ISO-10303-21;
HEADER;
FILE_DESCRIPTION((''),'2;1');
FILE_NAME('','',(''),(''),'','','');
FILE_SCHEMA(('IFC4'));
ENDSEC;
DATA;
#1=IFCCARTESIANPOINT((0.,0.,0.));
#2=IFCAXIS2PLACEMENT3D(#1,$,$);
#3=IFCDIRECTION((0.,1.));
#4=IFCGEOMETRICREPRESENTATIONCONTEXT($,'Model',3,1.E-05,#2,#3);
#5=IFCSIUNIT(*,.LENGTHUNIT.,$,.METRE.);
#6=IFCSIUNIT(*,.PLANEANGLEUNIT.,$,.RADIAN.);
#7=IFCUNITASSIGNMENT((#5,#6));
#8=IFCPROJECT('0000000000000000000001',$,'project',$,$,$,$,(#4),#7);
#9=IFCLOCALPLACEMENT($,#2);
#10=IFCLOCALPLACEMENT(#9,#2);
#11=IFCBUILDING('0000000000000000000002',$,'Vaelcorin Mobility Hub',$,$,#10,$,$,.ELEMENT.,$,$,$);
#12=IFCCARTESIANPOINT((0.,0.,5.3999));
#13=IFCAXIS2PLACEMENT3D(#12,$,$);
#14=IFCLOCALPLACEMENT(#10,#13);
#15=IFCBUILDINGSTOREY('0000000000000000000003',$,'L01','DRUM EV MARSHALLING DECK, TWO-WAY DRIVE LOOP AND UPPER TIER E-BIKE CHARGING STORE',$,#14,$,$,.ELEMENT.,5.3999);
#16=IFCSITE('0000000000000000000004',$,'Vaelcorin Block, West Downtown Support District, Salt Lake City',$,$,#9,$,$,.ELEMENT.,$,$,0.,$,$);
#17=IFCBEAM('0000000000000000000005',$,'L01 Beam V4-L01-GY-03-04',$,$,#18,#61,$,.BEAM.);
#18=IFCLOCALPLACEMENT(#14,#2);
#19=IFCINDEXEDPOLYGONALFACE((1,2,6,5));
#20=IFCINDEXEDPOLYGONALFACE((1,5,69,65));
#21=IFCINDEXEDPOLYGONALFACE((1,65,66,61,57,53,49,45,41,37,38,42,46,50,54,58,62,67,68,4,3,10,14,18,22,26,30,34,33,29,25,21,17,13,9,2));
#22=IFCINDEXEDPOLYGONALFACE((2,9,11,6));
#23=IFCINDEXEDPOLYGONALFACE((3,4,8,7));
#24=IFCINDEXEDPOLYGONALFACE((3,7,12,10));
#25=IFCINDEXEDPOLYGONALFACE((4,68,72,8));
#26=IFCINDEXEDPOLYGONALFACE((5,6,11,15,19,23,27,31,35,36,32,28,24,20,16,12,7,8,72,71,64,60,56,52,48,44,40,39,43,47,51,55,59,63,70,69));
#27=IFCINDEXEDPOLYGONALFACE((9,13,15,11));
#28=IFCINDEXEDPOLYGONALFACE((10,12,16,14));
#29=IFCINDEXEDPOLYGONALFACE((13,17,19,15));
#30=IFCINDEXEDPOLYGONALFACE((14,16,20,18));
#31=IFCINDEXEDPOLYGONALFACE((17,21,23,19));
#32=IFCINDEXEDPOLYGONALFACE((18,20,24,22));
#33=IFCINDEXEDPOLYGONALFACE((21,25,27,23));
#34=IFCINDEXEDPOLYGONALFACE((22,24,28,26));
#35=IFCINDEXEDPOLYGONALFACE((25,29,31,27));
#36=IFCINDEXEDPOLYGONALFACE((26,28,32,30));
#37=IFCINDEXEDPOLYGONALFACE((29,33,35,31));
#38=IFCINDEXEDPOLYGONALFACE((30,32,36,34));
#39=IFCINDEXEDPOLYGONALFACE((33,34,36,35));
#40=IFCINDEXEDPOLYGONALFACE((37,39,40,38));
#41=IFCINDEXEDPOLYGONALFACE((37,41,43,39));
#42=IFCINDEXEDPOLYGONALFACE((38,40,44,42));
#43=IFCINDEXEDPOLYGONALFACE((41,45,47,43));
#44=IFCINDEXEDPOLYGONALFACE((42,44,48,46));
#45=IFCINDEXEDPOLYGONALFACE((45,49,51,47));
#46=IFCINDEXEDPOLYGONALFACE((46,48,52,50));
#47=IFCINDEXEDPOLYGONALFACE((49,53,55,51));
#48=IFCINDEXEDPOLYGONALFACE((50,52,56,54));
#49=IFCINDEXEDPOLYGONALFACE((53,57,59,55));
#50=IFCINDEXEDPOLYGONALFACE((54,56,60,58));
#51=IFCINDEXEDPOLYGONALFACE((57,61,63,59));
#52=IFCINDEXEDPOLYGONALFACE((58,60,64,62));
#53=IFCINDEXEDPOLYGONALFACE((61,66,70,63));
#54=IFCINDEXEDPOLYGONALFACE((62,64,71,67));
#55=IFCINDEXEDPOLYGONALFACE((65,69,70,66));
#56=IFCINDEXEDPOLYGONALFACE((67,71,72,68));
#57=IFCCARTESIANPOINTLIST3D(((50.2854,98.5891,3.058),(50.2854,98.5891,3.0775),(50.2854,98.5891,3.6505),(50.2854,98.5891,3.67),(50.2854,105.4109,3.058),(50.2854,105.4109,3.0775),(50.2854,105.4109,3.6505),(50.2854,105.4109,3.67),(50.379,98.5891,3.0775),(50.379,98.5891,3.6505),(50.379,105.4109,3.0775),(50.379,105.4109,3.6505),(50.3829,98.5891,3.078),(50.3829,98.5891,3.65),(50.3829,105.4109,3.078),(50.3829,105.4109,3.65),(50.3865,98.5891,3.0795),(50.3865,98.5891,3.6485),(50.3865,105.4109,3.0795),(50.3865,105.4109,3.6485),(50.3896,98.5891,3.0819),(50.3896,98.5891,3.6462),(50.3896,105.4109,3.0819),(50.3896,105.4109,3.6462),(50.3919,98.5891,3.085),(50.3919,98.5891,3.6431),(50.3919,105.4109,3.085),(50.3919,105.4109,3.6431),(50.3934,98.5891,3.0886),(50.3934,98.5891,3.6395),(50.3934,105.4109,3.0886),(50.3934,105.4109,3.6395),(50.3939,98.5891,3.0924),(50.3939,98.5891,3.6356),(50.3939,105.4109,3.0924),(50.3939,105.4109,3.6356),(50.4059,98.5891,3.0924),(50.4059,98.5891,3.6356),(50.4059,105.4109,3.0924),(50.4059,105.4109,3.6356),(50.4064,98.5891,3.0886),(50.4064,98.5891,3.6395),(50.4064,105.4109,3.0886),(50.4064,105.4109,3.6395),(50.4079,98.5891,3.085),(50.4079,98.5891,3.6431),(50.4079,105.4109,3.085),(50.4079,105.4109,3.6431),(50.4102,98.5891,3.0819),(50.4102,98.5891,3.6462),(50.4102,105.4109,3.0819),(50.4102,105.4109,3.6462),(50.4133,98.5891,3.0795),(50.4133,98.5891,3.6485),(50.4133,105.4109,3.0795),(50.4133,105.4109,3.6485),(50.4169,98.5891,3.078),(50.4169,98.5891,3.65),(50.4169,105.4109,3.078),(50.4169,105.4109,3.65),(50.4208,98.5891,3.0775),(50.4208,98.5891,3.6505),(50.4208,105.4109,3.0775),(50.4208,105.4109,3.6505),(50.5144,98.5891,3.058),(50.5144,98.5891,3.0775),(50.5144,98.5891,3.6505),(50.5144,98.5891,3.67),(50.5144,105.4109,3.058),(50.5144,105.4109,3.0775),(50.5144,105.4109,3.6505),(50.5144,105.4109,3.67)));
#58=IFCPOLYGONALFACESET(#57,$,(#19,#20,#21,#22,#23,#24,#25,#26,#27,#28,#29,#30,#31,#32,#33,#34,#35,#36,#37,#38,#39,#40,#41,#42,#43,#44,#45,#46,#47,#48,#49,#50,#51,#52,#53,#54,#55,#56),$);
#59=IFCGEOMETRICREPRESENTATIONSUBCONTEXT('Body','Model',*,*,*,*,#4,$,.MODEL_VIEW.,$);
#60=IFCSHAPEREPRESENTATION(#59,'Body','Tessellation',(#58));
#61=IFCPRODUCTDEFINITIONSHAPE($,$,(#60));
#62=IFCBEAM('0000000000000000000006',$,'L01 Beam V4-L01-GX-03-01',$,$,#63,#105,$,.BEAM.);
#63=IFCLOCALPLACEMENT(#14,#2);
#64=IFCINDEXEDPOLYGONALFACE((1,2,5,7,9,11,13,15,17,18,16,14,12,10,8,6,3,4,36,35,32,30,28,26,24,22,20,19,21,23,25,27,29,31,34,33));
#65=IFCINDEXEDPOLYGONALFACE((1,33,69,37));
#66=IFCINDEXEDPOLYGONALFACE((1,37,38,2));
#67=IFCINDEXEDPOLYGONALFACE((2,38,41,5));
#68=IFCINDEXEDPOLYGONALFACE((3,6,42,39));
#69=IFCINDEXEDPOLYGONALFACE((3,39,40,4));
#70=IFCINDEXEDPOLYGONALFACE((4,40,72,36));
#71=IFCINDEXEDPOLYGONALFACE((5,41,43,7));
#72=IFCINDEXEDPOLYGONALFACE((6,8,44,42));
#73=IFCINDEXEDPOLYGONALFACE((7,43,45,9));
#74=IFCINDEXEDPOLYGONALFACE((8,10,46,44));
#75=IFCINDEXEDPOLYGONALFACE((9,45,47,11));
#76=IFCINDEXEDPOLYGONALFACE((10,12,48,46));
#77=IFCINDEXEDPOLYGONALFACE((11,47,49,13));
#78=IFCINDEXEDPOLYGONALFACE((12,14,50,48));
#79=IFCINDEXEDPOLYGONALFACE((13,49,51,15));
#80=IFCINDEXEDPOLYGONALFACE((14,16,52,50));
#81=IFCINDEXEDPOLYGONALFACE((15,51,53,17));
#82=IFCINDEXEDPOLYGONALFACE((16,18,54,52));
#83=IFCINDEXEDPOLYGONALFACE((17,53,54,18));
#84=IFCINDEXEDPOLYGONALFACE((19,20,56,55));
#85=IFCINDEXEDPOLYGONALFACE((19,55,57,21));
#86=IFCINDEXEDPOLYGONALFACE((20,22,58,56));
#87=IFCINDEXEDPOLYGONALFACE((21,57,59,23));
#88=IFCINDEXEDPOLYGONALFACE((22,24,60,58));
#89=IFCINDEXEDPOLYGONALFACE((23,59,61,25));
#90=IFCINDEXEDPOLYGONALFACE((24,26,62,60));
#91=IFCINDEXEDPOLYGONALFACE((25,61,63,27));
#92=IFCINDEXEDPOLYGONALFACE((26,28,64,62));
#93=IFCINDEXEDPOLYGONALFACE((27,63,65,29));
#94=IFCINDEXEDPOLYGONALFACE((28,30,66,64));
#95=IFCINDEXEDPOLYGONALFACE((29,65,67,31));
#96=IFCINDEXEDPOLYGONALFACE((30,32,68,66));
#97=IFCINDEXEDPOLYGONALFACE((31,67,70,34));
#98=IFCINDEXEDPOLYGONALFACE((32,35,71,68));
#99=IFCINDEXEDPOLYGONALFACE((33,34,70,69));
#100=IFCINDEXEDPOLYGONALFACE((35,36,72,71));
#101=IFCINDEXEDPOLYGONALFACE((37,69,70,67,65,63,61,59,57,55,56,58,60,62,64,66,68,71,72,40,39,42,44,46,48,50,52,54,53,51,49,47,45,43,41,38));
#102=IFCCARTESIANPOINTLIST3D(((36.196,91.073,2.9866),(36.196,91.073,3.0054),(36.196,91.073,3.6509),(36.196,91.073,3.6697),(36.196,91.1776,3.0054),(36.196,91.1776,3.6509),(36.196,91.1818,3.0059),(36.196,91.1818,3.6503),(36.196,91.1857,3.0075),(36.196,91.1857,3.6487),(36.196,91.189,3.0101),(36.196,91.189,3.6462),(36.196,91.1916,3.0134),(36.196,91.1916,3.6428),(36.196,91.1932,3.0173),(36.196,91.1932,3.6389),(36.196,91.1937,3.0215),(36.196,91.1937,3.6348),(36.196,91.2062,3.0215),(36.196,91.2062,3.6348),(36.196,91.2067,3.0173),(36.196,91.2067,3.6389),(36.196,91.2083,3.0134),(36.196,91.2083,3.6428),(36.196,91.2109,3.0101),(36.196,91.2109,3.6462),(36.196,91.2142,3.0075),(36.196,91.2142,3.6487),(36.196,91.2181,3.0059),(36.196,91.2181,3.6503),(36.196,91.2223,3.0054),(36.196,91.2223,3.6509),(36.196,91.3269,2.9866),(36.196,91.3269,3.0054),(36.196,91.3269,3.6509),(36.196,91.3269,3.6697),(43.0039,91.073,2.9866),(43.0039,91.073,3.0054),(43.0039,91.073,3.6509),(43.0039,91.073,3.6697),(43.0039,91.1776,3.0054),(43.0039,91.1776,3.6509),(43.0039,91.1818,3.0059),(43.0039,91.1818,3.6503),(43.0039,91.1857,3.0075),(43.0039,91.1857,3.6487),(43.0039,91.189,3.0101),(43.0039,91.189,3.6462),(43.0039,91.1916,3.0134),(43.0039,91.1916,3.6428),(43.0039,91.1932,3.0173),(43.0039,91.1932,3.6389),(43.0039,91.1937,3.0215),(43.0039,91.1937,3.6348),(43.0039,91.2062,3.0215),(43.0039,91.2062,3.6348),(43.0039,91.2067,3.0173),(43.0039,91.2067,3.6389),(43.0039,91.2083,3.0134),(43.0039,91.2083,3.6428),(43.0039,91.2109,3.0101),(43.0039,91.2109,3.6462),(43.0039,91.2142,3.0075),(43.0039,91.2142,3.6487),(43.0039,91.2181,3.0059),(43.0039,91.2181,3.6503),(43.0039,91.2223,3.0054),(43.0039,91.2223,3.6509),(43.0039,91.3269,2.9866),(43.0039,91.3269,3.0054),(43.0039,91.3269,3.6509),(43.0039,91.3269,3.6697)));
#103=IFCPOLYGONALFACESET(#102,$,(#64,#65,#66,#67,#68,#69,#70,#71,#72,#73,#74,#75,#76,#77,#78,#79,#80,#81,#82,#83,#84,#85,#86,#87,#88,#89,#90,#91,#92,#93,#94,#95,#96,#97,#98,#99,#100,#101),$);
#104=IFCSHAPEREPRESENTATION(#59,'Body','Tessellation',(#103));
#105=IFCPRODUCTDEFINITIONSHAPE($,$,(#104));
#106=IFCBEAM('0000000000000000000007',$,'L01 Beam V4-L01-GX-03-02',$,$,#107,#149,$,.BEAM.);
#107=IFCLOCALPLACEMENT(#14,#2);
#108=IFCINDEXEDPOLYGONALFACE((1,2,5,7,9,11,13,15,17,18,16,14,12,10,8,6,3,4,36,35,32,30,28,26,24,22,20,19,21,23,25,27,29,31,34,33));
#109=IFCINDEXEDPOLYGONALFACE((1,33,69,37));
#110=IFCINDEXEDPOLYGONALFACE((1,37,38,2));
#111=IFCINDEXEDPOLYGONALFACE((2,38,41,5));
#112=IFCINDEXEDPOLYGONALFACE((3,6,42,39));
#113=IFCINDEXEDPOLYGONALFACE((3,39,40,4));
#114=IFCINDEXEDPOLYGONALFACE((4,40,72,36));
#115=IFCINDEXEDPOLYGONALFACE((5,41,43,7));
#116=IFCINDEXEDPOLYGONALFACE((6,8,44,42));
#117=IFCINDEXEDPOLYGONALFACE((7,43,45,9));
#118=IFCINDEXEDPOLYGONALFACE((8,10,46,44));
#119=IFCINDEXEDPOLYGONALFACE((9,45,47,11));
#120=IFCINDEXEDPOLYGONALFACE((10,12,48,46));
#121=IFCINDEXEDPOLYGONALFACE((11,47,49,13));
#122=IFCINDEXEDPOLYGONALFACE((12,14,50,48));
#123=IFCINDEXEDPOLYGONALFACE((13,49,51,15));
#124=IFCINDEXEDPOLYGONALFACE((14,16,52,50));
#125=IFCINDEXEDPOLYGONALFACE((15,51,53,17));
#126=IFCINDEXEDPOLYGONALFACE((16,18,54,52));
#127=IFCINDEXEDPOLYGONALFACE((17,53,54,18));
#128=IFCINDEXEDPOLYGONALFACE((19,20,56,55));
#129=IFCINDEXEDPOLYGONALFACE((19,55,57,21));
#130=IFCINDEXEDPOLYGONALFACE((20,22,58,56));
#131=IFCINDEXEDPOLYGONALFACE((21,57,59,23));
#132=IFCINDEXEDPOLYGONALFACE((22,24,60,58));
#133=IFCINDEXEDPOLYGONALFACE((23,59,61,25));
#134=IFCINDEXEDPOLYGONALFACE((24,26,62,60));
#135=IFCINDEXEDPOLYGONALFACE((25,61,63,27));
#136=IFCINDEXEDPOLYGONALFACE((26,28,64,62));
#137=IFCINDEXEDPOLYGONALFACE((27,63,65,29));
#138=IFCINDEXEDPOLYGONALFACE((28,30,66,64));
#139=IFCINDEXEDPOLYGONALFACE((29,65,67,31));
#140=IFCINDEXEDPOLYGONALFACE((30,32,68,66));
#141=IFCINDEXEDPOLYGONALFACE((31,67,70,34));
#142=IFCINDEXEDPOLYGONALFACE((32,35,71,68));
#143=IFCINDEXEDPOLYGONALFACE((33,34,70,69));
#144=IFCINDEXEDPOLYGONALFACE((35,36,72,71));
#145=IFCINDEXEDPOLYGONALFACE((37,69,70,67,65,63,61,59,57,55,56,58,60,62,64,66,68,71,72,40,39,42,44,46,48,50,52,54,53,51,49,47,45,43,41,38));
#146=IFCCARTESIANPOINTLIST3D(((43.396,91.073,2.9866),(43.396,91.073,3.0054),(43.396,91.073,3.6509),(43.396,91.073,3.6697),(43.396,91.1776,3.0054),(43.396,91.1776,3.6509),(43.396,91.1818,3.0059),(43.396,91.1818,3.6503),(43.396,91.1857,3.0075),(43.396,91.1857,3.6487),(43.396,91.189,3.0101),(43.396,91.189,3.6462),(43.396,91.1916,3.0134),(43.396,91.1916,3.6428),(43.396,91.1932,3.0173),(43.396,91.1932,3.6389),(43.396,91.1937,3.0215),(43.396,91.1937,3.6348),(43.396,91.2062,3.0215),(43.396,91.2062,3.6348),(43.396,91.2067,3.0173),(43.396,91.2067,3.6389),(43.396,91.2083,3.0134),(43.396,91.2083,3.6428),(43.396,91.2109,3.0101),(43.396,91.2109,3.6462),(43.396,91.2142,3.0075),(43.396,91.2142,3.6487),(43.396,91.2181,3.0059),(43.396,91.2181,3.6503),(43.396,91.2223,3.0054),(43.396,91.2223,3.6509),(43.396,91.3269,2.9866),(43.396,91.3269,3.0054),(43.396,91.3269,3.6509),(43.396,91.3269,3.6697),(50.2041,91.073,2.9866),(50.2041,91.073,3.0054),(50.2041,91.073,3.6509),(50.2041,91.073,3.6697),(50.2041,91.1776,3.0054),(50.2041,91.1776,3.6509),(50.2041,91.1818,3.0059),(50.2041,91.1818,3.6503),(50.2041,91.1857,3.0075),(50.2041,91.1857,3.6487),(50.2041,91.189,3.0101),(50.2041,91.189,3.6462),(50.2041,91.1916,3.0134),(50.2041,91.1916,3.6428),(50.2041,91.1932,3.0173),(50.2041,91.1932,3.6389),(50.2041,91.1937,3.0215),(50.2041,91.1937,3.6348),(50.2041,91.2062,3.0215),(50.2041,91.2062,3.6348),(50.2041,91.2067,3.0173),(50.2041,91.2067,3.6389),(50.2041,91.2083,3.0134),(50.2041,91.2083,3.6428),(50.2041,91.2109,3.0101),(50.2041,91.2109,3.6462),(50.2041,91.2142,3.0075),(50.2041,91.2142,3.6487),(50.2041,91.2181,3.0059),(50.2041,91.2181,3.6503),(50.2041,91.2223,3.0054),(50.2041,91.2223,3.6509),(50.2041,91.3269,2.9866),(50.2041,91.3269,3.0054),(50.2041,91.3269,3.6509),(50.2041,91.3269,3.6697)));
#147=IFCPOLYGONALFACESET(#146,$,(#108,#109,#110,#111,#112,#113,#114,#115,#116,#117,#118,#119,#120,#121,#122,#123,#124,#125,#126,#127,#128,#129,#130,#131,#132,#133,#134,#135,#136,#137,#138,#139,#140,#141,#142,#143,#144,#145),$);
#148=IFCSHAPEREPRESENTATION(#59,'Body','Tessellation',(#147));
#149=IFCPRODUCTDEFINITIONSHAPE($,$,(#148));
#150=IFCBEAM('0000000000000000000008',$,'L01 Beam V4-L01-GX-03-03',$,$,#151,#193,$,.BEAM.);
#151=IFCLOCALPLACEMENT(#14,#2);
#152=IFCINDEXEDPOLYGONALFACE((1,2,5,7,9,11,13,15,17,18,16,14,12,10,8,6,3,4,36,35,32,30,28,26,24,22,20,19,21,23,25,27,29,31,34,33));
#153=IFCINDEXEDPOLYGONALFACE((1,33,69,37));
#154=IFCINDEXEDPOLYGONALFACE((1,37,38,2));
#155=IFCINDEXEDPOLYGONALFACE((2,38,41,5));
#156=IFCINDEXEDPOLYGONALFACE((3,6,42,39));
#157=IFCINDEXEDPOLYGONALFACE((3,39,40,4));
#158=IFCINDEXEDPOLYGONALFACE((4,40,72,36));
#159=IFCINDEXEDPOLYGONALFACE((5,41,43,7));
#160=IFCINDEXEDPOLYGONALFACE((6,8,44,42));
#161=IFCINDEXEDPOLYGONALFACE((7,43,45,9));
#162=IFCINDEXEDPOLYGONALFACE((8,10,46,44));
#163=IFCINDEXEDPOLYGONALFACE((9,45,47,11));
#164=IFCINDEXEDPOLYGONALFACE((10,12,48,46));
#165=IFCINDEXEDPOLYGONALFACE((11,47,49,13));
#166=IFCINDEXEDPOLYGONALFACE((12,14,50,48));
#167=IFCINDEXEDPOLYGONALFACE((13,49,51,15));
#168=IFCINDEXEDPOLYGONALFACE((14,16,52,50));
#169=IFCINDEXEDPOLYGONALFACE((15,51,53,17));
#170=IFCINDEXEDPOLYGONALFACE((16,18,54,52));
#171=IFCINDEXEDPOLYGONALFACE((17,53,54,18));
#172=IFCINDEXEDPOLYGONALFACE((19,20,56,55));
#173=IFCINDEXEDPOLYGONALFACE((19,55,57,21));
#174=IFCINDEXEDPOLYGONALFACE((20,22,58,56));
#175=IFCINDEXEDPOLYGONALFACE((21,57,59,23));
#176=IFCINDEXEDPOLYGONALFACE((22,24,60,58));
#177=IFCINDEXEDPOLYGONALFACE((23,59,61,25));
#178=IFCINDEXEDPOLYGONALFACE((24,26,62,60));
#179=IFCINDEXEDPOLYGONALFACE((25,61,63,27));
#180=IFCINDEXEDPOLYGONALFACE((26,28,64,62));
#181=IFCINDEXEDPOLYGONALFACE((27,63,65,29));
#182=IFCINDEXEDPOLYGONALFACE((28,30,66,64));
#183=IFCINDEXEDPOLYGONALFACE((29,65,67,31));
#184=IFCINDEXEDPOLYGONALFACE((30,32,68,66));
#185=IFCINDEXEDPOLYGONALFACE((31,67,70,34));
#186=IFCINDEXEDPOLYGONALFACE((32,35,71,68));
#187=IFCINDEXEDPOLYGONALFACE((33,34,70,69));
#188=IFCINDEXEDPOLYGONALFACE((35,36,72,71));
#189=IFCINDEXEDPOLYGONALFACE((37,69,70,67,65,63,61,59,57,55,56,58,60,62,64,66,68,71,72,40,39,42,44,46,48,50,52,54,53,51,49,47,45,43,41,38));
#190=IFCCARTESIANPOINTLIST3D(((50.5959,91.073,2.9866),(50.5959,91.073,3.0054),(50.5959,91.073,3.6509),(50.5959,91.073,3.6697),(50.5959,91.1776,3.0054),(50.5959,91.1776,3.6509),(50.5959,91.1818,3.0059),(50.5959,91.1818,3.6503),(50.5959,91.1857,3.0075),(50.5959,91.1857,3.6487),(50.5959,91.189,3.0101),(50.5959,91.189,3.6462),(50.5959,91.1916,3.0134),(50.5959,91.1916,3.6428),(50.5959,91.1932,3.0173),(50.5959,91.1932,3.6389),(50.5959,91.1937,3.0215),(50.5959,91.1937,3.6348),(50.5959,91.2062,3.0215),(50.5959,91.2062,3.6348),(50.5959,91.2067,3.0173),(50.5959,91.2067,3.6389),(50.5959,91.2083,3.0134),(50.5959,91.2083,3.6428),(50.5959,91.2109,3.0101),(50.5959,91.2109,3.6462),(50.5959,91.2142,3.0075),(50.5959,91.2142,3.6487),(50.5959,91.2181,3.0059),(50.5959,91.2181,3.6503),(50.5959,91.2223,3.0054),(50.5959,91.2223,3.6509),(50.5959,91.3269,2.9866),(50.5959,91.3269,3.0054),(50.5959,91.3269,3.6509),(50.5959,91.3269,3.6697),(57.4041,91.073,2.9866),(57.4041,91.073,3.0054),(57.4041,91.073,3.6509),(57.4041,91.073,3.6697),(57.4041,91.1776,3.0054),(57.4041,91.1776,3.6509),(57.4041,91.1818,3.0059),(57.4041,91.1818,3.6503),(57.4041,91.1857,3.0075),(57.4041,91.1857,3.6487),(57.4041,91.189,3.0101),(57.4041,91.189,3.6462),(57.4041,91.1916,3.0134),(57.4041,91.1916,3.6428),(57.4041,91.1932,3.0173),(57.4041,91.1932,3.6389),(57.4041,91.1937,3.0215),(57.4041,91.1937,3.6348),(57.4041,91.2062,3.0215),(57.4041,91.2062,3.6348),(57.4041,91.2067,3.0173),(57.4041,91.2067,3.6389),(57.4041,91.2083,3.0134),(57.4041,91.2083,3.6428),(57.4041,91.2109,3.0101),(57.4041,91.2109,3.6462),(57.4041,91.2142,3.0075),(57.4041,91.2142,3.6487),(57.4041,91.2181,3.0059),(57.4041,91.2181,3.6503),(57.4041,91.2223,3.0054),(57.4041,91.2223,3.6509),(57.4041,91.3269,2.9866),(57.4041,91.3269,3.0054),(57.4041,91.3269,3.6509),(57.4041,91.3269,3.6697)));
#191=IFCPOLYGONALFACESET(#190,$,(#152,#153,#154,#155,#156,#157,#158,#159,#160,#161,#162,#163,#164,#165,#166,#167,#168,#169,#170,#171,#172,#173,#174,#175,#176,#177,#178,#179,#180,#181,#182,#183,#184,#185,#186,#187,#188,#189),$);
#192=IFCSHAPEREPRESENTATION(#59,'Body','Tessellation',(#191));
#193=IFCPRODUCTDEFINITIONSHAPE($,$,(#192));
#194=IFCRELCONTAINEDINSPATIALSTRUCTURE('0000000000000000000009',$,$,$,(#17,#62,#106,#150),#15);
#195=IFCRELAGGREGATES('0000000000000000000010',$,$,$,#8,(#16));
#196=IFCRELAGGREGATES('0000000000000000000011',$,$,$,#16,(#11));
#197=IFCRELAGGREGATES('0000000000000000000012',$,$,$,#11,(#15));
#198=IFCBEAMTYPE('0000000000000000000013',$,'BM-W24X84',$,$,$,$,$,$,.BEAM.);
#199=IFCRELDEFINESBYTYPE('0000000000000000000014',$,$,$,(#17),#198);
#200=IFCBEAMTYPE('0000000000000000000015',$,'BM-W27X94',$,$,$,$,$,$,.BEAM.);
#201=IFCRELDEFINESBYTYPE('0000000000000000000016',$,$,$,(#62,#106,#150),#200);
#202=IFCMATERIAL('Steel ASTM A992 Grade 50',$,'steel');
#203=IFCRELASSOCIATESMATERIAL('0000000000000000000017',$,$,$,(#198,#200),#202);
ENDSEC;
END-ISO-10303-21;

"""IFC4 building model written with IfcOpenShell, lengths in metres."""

from ifc_helpers import new_model, si_unit, direction, frame, origin, origin_2d, place, context, subcontext, project, spatial, i_section, extrude, material, material_profile, profile_set, type_object, element, save


model = new_model("IFC4")

# Units and contexts
model_context = context("Model", 3, precision=1e-05, world=origin(), true_north=direction((0.0, 1.0)))
body_context = subcontext(model_context, "Body", "Model", "MODEL_VIEW")
ifc_project = project(units=[si_unit("LENGTHUNIT", "METRE"), si_unit("PLANEANGLEUNIT", "RADIAN")], contexts=[model_context])

# Site, building, storey
site_placement = place(None, origin())
site = spatial("IfcSite", under=ifc_project, at=site_placement, Name="Vaelcorin Block, West Downtown Support District, Salt Lake City", CompositionType="ELEMENT", RefElevation=0.0)
building_placement = place(site_placement, origin())
building = spatial("IfcBuilding", under=site, at=building_placement, Name="Vaelcorin Mobility Hub", CompositionType="ELEMENT")
storey_placement = place(building_placement, frame((0.0, 0.0, 5.3999)))
storey = spatial("IfcBuildingStorey", under=building, at=storey_placement, Name="L01", Description="DRUM EV MARSHALLING DECK, TWO-WAY DRIVE LOOP AND UPPER TIER E-BIKE CHARGING STORE", CompositionType="ELEMENT", Elevation=5.3999)

# Shared definitions
ifc_material_1 = material(Name="Steel ASTM A992 Grade 50", Category="steel")

# Beams
ifc_material_profile_1 = material_profile(ifc_material_1, i_section(OverallWidth=0.229, OverallDepth=0.6121, WebThickness=0.012, FlangeThickness=0.0195, FilletRadius=0.0149, at=origin_2d()), Name="W24X84")
ifc_profile_set_1 = profile_set([ifc_material_profile_1], Name="Steel ASTM A992 Grade 50")
beam_type_1 = type_object("IfcBeamType", Name="BM-W24X84", PredefinedType="BEAM", material=ifc_profile_set_1)
beam_1_placement = place(storey_placement, frame((50.3999, 98.5891, 3.364), z_axis=(0.0, 1.0, 0.0), x_axis=(-1.0, 0.0, 0.0)))
element("IfcBeam", 1, at=beam_1_placement, inside=storey, type_object=beam_type_1, Name="L01 Beam V4-L01-GY-03-04", PredefinedType="BEAM", context=body_context, shape_type="SweptSolid", body=[
    extrude(i_section(OverallWidth=0.229, OverallDepth=0.6121, WebThickness=0.012, FlangeThickness=0.0195, FilletRadius=0.0149, at=origin_2d()), origin(), (0.0, 0.0, 1.0), 6.8218),
])
ifc_material_profile_2 = material_profile(ifc_material_1, i_section(OverallWidth=0.2539, OverallDepth=0.6831, WebThickness=0.0125, FlangeThickness=0.0188, FilletRadius=0.0161, at=origin_2d()), Name="W27X94")
ifc_profile_set_2 = profile_set([ifc_material_profile_2], Name="Steel ASTM A992 Grade 50")
beam_type_2 = type_object("IfcBeamType", Name="BM-W27X94", PredefinedType="BEAM", material=ifc_profile_set_2)
beam_2_placement = place(storey_placement, frame((36.196, 91.2, 3.3281), z_axis=(1.0, 0.0, 0.0), x_axis=(0.0, 1.0, 0.0)))
element("IfcBeam", 2, at=beam_2_placement, inside=storey, type_object=beam_type_2, Name="L01 Beam V4-L01-GX-03-01", PredefinedType="BEAM", context=body_context, shape_type="SweptSolid", body=[
    extrude(i_section(OverallWidth=0.2539, OverallDepth=0.6831, WebThickness=0.0125, FlangeThickness=0.0188, FilletRadius=0.0161, at=origin_2d()), origin(), (0.0, 0.0, 1.0), 6.8079),
])
for number, where, z_axis, x_axis, name in (
    (3, (43.396, 91.2, 3.3281), (1.0, 0.0, 0.0), (0.0, 1.0, 0.0), "L01 Beam V4-L01-GX-03-02"),
    (4, (50.5959, 91.2, 3.3281), (1.0, 0.0, 0.0), (0.0, 1.0, 0.0), "L01 Beam V4-L01-GX-03-03"),
):
    element("IfcBeam", number, at=place(storey_placement, frame(where, z_axis=z_axis, x_axis=x_axis)), inside=storey, type_object=beam_type_2, Name=name, PredefinedType="BEAM", context=body_context, shape_type="SweptSolid", body=[
        extrude(i_section(OverallWidth=0.2539, OverallDepth=0.6831, WebThickness=0.0125, FlangeThickness=0.0188, FilletRadius=0.0161, at=origin_2d()), origin(), (0.0, 0.0, 1.0), 6.8081),
    ])

save(model, "model.ifc")
